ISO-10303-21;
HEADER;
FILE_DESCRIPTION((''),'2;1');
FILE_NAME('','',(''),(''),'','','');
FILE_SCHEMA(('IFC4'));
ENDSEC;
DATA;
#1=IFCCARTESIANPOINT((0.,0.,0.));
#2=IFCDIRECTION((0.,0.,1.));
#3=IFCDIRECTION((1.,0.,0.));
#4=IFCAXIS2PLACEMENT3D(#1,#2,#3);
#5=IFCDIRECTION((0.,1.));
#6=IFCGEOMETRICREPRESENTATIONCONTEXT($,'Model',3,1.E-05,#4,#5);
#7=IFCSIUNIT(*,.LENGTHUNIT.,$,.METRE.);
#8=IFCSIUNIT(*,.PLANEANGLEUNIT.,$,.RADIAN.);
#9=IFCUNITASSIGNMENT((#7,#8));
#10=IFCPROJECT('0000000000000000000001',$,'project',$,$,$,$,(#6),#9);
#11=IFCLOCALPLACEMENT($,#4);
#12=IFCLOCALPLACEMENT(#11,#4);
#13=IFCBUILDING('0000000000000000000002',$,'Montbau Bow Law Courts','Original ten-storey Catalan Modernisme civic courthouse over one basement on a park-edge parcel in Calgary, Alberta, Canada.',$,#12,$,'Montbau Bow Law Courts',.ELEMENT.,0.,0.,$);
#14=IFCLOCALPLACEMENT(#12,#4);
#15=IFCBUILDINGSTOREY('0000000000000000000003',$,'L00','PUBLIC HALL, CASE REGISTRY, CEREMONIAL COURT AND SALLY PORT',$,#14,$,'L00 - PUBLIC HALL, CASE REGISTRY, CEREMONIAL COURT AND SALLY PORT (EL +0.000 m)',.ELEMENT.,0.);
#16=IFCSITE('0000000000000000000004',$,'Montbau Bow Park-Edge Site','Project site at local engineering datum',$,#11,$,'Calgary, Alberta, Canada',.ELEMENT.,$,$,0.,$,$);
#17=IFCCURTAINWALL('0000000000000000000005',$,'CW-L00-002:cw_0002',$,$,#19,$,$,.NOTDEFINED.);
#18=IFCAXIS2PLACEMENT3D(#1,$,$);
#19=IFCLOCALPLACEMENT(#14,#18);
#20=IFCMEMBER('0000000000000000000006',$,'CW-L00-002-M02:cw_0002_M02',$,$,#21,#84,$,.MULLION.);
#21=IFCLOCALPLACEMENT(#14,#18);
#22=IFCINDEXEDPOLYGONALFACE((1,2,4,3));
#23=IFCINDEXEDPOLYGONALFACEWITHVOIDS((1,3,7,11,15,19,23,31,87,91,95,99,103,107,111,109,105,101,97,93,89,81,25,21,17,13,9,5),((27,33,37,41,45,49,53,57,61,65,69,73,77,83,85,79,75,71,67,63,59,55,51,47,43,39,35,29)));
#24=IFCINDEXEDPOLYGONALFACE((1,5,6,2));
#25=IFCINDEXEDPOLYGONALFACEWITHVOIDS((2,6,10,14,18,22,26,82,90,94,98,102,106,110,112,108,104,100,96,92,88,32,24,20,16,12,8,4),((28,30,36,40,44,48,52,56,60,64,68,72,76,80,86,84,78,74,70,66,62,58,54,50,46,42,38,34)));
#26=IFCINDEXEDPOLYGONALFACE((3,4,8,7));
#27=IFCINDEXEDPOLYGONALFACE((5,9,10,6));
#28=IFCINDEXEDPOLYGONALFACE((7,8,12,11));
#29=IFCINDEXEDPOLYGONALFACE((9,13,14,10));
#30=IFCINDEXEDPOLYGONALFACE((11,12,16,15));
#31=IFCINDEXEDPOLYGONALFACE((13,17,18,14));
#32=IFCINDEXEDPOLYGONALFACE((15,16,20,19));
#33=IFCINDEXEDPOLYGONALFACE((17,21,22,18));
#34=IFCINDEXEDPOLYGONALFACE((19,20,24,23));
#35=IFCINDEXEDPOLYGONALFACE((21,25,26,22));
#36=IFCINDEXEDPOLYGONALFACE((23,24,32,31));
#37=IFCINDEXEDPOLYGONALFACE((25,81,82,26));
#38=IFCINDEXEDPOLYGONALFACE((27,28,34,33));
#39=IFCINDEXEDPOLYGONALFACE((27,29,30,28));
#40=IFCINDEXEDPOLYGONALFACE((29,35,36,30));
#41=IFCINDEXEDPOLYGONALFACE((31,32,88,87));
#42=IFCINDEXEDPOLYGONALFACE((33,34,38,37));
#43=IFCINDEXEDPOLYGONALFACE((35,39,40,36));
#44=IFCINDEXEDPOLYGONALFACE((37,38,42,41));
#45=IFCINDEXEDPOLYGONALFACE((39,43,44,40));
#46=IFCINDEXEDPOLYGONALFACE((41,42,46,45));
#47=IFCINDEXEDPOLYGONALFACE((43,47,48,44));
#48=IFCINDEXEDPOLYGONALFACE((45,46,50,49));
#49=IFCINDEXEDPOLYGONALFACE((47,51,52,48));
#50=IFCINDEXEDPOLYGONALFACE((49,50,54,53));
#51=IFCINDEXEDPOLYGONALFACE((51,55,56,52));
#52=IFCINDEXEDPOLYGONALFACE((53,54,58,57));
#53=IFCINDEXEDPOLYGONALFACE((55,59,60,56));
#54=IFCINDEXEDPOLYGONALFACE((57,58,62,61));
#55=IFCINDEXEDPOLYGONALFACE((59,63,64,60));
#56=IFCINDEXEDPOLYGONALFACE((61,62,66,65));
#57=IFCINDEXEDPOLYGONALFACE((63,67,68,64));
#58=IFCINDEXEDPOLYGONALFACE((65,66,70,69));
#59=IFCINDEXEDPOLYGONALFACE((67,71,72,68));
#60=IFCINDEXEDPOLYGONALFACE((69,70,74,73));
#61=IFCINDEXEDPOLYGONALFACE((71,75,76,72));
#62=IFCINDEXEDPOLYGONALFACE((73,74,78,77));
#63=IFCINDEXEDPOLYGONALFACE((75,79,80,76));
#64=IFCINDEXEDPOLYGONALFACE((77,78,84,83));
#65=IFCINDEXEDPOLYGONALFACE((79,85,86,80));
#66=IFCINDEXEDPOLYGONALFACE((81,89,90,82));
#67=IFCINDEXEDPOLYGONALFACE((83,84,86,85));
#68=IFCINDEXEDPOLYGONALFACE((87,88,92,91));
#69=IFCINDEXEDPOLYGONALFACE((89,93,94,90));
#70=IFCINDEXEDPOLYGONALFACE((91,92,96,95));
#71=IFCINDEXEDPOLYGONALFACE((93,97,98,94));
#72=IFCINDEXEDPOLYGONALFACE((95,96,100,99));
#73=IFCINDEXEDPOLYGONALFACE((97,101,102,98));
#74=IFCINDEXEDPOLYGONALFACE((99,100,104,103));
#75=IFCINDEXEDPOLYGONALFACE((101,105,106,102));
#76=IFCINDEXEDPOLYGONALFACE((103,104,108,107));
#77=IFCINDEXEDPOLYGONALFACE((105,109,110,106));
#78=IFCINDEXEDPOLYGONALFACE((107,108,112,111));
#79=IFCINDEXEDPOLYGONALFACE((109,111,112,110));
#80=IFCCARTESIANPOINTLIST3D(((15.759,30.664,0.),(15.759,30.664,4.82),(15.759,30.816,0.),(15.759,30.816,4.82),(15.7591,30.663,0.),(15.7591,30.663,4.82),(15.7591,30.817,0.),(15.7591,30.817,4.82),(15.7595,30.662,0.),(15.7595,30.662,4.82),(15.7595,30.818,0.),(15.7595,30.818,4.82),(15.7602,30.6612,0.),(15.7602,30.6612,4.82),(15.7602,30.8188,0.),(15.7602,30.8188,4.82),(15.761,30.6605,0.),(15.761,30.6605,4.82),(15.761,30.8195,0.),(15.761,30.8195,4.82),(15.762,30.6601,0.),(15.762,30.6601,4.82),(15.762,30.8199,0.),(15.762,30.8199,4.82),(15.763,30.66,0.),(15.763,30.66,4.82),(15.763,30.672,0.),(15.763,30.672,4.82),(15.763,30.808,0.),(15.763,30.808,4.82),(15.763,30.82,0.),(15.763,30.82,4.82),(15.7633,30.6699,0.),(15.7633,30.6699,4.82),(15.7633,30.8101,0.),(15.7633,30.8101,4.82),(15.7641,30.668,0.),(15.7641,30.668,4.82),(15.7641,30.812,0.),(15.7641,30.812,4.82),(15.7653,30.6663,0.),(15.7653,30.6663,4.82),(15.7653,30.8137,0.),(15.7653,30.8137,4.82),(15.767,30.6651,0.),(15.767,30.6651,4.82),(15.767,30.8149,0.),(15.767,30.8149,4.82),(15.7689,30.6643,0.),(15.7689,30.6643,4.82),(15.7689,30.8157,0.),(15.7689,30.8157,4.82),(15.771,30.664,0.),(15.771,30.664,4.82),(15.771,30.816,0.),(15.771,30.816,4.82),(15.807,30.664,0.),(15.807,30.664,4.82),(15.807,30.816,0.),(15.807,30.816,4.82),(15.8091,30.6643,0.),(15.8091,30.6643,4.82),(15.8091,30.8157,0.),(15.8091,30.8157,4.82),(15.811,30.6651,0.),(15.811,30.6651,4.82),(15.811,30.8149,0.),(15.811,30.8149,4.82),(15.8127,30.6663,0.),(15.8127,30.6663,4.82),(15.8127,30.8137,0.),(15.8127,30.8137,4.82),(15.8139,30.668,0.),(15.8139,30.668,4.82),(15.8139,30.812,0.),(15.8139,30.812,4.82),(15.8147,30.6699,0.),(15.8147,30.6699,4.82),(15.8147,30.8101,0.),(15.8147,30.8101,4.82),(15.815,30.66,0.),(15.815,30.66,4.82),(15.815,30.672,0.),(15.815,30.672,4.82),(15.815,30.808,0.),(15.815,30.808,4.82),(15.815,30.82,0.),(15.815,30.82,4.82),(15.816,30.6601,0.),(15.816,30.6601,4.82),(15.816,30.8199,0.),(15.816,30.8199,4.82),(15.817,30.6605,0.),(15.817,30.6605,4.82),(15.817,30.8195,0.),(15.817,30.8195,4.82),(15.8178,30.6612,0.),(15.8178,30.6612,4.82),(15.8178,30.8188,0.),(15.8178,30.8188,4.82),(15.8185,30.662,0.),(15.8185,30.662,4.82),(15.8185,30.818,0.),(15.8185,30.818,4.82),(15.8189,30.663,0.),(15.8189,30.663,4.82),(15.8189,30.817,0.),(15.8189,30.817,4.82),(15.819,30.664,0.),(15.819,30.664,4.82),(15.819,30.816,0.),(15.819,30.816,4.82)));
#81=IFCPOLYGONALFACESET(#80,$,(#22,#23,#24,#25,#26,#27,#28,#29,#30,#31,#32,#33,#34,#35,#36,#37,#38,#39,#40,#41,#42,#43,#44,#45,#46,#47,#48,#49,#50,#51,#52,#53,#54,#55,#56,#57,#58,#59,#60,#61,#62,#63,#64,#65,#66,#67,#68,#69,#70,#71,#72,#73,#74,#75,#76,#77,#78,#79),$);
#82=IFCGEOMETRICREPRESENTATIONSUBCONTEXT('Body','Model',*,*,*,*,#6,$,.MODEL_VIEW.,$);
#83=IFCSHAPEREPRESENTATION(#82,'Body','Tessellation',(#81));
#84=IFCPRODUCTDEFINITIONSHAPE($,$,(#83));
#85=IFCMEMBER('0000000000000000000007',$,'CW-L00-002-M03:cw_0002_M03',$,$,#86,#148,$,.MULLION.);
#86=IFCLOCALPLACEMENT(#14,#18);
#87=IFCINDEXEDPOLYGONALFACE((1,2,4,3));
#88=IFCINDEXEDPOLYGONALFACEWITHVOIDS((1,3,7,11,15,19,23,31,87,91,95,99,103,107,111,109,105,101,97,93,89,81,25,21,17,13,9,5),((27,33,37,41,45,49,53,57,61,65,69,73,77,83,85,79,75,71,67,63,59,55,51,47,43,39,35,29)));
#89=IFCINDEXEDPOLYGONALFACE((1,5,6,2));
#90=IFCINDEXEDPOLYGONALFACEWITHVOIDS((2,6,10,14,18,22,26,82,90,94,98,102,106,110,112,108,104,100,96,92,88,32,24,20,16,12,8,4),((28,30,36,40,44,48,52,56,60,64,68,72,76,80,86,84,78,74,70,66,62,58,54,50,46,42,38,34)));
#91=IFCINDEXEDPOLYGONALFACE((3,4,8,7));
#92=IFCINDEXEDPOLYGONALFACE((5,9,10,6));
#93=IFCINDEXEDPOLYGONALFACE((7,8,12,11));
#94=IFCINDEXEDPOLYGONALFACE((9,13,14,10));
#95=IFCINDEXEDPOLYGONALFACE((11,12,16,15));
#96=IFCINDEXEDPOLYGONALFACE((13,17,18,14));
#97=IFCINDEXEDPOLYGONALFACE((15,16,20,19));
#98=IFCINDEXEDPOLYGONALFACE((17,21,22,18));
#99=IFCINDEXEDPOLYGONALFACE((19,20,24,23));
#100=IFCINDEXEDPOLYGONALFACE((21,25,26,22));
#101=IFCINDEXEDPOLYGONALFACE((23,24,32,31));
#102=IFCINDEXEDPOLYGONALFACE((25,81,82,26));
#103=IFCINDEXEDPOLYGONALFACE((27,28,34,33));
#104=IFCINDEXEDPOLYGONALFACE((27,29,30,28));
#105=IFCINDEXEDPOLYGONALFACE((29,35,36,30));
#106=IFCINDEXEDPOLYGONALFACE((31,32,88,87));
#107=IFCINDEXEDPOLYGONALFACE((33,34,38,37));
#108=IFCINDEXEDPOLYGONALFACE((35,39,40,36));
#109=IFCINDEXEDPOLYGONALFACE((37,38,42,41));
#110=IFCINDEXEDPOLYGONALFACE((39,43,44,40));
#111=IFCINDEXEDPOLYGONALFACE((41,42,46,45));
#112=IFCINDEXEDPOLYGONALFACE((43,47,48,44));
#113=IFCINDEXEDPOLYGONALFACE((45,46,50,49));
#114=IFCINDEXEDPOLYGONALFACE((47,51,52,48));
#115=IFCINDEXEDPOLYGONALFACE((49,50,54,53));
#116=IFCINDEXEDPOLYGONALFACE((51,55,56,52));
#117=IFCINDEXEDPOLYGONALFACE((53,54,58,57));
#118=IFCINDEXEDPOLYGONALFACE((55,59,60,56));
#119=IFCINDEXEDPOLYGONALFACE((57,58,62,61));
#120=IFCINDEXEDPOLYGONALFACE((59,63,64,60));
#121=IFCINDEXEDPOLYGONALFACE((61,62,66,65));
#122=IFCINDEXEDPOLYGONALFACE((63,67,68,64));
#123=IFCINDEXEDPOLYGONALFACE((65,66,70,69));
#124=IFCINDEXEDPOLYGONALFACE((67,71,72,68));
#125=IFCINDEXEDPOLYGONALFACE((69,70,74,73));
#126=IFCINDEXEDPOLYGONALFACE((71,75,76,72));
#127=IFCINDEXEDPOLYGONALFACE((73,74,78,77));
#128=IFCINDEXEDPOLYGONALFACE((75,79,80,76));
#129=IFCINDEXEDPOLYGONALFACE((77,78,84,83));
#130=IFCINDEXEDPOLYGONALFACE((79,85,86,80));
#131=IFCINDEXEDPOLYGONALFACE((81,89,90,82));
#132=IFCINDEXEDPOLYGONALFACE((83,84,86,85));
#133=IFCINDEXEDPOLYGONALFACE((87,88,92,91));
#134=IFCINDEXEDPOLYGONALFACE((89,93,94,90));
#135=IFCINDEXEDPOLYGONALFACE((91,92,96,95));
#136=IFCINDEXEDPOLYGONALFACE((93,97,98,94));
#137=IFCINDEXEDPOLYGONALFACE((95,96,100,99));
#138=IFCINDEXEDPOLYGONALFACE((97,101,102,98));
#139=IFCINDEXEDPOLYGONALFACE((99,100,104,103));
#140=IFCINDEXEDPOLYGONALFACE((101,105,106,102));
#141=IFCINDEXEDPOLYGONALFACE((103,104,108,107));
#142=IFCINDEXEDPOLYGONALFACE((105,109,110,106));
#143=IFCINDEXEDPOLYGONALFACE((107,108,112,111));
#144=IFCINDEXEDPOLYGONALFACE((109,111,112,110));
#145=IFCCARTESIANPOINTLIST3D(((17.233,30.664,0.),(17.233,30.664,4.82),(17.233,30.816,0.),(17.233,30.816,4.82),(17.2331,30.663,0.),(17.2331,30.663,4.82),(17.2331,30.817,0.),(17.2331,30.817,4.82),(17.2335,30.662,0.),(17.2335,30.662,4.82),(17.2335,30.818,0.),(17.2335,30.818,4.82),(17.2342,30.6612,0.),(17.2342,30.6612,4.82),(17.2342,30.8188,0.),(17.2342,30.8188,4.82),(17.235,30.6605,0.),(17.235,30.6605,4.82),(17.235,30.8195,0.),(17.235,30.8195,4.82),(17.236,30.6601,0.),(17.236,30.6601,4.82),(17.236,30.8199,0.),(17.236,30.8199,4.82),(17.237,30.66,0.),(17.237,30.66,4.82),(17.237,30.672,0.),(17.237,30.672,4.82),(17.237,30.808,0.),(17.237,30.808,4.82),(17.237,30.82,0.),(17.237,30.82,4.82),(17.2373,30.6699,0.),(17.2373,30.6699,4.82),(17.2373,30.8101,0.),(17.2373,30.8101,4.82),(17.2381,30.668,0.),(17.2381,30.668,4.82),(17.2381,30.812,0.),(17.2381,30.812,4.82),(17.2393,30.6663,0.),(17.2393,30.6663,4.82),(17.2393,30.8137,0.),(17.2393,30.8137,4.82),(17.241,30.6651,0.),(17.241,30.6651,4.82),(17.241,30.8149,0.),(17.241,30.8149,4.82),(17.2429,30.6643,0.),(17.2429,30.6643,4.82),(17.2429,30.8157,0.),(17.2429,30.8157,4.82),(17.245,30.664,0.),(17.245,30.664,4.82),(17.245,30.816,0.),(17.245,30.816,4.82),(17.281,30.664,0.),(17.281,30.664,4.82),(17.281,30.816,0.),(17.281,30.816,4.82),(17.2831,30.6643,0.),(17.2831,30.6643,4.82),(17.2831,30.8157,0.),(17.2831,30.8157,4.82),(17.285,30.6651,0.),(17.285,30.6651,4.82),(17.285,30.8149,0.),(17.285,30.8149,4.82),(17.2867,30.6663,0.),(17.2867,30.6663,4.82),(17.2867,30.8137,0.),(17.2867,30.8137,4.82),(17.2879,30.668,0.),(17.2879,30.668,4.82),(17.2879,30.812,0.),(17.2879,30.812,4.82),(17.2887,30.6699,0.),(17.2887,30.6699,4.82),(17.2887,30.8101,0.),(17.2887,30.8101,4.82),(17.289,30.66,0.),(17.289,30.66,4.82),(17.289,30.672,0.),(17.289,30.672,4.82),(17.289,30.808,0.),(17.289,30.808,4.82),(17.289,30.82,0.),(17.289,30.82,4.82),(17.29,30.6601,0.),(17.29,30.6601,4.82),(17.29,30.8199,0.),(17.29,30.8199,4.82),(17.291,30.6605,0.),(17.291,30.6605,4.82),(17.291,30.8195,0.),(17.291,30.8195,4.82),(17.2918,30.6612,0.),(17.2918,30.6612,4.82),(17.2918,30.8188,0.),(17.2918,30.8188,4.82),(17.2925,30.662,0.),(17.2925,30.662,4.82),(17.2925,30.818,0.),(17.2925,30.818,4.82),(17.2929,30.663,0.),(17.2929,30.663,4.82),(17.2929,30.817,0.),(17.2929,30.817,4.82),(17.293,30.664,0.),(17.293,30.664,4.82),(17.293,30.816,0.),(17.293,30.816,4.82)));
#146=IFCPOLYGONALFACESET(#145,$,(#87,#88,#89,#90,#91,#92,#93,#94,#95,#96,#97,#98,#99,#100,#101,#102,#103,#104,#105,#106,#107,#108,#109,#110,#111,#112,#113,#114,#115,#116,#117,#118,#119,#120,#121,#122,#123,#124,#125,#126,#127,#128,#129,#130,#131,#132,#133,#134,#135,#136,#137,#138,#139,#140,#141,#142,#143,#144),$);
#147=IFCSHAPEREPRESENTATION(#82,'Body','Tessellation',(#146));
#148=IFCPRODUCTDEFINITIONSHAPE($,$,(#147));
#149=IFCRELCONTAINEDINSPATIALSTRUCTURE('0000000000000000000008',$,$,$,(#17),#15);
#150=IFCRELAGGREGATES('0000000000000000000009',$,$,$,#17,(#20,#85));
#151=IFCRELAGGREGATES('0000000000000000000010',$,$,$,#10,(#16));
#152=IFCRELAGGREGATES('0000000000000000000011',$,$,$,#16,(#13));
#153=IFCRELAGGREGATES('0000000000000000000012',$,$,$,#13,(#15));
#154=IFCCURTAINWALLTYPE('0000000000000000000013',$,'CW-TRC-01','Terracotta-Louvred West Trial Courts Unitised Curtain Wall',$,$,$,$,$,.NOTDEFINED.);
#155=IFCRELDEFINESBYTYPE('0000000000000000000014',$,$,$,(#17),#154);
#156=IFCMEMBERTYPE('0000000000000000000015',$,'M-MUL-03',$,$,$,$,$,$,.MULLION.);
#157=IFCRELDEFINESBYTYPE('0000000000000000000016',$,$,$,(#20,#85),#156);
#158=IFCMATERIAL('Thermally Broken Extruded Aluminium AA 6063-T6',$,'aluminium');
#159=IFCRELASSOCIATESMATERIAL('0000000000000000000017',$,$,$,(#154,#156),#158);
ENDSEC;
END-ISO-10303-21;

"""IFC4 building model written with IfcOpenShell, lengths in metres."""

from ifc_helpers import new_model, si_unit, direction, frame, origin_with_axes, origin_2d_with_axis, place, context, subcontext, project, spatial, hollow_rectangle, extrude, material, material_profile, profile_set, type_object, element, aggregate, save


model = new_model("IFC4")

# Units and contexts
model_context = context("Model", 3, precision=1e-05, world=origin_with_axes(), true_north=direction((0.0, 1.0)))
body_context = subcontext(model_context, "Body", "Model", "MODEL_VIEW")
ifc_project = project(units=[si_unit("LENGTHUNIT", "METRE"), si_unit("PLANEANGLEUNIT", "RADIAN")], contexts=[model_context])

# Site, building, storey
site_placement = place(None, origin_with_axes())
site = spatial("IfcSite", under=ifc_project, at=site_placement, Name="Montbau Bow Park-Edge Site", Description="Project site at local engineering datum", LongName="Calgary, Alberta, Canada", CompositionType="ELEMENT", RefElevation=0.0)
building_placement = place(site_placement, origin_with_axes())
building = spatial("IfcBuilding", under=site, at=building_placement, Name="Montbau Bow Law Courts", Description="Original ten-storey Catalan Modernisme civic courthouse over one basement on a park-edge parcel in Calgary, Alberta, Canada.", LongName="Montbau Bow Law Courts", CompositionType="ELEMENT", ElevationOfRefHeight=0.0, ElevationOfTerrain=0.0)
storey_placement = place(building_placement, origin_with_axes())
storey = spatial("IfcBuildingStorey", under=building, at=storey_placement, Name="L00", Description="PUBLIC HALL, CASE REGISTRY, CEREMONIAL COURT AND SALLY PORT", LongName="L00 - PUBLIC HALL, CASE REGISTRY, CEREMONIAL COURT AND SALLY PORT (EL +0.000 m)", CompositionType="ELEMENT", Elevation=0.0)

# Curtain wall, members
ifc_material_1 = material(Name="Thermally Broken Extruded Aluminium AA 6063-T6", Category="aluminium")
curtain_wall_type = type_object("IfcCurtainWallType", Name="CW-TRC-01", Description="Terracotta-Louvred West Trial Courts Unitised Curtain Wall", PredefinedType="NOTDEFINED", material=ifc_material_1)
curtain_wall_placement = place(None, frame((14.315, 30.74, 0.0), z_axis=(0.0, 0.0, 1.0), x_axis=(1.0, 0.0, 0.0)))
curtain_wall = element("IfcCurtainWall", 1, at=curtain_wall_placement, inside=storey, type_object=curtain_wall_type, Name="CW-L00-002:cw_0002", PredefinedType="NOTDEFINED")
ifc_material_profile_1 = material_profile(ifc_material_1, hollow_rectangle(XDim=0.06, YDim=0.16, WallThickness=0.004, InnerFilletRadius=0.008, OuterFilletRadius=0.004, at=origin_2d_with_axis()), Name="CWM-160X60", Category="Main", Priority=0)
ifc_profile_set_1 = profile_set([ifc_material_profile_1], Name="Thermally Broken Extruded Aluminium AA 6063-T6")
member_type_1 = type_object("IfcMemberType", Name="M-MUL-03", PredefinedType="MULLION", material=ifc_profile_set_1)
member_1_placement = place(None, frame((15.789, 30.74, 0.0), z_axis=(0.0, 0.0, 1.0), x_axis=(1.0, 0.0, 0.0)))
member_1 = element("IfcMember", 2, at=member_1_placement, type_object=member_type_1, Name="CW-L00-002-M02:cw_0002_M02", PredefinedType="MULLION", context=body_context, shape_type="SweptSolid", body=[
    extrude(hollow_rectangle(XDim=0.06, YDim=0.16, WallThickness=0.004, InnerFilletRadius=0.008, OuterFilletRadius=0.004, at=origin_2d_with_axis()), origin_with_axes(), (0.0, 0.0, 1.0), 4.82),
])
member_2_placement = place(None, frame((17.263, 30.74, 0.0), z_axis=(0.0, 0.0, 1.0), x_axis=(1.0, 0.0, 0.0)))
member_2 = element("IfcMember", 3, at=member_2_placement, type_object=member_type_1, Name="CW-L00-002-M03:cw_0002_M03", PredefinedType="MULLION", context=body_context, shape_type="SweptSolid", body=[
    extrude(hollow_rectangle(XDim=0.06, YDim=0.16, WallThickness=0.004, InnerFilletRadius=0.008, OuterFilletRadius=0.004, at=origin_2d_with_axis()), origin_with_axes(), (0.0, 0.0, 1.0), 4.82),
])
aggregate(curtain_wall, [member_1, member_2])

save(model, "model.ifc")
